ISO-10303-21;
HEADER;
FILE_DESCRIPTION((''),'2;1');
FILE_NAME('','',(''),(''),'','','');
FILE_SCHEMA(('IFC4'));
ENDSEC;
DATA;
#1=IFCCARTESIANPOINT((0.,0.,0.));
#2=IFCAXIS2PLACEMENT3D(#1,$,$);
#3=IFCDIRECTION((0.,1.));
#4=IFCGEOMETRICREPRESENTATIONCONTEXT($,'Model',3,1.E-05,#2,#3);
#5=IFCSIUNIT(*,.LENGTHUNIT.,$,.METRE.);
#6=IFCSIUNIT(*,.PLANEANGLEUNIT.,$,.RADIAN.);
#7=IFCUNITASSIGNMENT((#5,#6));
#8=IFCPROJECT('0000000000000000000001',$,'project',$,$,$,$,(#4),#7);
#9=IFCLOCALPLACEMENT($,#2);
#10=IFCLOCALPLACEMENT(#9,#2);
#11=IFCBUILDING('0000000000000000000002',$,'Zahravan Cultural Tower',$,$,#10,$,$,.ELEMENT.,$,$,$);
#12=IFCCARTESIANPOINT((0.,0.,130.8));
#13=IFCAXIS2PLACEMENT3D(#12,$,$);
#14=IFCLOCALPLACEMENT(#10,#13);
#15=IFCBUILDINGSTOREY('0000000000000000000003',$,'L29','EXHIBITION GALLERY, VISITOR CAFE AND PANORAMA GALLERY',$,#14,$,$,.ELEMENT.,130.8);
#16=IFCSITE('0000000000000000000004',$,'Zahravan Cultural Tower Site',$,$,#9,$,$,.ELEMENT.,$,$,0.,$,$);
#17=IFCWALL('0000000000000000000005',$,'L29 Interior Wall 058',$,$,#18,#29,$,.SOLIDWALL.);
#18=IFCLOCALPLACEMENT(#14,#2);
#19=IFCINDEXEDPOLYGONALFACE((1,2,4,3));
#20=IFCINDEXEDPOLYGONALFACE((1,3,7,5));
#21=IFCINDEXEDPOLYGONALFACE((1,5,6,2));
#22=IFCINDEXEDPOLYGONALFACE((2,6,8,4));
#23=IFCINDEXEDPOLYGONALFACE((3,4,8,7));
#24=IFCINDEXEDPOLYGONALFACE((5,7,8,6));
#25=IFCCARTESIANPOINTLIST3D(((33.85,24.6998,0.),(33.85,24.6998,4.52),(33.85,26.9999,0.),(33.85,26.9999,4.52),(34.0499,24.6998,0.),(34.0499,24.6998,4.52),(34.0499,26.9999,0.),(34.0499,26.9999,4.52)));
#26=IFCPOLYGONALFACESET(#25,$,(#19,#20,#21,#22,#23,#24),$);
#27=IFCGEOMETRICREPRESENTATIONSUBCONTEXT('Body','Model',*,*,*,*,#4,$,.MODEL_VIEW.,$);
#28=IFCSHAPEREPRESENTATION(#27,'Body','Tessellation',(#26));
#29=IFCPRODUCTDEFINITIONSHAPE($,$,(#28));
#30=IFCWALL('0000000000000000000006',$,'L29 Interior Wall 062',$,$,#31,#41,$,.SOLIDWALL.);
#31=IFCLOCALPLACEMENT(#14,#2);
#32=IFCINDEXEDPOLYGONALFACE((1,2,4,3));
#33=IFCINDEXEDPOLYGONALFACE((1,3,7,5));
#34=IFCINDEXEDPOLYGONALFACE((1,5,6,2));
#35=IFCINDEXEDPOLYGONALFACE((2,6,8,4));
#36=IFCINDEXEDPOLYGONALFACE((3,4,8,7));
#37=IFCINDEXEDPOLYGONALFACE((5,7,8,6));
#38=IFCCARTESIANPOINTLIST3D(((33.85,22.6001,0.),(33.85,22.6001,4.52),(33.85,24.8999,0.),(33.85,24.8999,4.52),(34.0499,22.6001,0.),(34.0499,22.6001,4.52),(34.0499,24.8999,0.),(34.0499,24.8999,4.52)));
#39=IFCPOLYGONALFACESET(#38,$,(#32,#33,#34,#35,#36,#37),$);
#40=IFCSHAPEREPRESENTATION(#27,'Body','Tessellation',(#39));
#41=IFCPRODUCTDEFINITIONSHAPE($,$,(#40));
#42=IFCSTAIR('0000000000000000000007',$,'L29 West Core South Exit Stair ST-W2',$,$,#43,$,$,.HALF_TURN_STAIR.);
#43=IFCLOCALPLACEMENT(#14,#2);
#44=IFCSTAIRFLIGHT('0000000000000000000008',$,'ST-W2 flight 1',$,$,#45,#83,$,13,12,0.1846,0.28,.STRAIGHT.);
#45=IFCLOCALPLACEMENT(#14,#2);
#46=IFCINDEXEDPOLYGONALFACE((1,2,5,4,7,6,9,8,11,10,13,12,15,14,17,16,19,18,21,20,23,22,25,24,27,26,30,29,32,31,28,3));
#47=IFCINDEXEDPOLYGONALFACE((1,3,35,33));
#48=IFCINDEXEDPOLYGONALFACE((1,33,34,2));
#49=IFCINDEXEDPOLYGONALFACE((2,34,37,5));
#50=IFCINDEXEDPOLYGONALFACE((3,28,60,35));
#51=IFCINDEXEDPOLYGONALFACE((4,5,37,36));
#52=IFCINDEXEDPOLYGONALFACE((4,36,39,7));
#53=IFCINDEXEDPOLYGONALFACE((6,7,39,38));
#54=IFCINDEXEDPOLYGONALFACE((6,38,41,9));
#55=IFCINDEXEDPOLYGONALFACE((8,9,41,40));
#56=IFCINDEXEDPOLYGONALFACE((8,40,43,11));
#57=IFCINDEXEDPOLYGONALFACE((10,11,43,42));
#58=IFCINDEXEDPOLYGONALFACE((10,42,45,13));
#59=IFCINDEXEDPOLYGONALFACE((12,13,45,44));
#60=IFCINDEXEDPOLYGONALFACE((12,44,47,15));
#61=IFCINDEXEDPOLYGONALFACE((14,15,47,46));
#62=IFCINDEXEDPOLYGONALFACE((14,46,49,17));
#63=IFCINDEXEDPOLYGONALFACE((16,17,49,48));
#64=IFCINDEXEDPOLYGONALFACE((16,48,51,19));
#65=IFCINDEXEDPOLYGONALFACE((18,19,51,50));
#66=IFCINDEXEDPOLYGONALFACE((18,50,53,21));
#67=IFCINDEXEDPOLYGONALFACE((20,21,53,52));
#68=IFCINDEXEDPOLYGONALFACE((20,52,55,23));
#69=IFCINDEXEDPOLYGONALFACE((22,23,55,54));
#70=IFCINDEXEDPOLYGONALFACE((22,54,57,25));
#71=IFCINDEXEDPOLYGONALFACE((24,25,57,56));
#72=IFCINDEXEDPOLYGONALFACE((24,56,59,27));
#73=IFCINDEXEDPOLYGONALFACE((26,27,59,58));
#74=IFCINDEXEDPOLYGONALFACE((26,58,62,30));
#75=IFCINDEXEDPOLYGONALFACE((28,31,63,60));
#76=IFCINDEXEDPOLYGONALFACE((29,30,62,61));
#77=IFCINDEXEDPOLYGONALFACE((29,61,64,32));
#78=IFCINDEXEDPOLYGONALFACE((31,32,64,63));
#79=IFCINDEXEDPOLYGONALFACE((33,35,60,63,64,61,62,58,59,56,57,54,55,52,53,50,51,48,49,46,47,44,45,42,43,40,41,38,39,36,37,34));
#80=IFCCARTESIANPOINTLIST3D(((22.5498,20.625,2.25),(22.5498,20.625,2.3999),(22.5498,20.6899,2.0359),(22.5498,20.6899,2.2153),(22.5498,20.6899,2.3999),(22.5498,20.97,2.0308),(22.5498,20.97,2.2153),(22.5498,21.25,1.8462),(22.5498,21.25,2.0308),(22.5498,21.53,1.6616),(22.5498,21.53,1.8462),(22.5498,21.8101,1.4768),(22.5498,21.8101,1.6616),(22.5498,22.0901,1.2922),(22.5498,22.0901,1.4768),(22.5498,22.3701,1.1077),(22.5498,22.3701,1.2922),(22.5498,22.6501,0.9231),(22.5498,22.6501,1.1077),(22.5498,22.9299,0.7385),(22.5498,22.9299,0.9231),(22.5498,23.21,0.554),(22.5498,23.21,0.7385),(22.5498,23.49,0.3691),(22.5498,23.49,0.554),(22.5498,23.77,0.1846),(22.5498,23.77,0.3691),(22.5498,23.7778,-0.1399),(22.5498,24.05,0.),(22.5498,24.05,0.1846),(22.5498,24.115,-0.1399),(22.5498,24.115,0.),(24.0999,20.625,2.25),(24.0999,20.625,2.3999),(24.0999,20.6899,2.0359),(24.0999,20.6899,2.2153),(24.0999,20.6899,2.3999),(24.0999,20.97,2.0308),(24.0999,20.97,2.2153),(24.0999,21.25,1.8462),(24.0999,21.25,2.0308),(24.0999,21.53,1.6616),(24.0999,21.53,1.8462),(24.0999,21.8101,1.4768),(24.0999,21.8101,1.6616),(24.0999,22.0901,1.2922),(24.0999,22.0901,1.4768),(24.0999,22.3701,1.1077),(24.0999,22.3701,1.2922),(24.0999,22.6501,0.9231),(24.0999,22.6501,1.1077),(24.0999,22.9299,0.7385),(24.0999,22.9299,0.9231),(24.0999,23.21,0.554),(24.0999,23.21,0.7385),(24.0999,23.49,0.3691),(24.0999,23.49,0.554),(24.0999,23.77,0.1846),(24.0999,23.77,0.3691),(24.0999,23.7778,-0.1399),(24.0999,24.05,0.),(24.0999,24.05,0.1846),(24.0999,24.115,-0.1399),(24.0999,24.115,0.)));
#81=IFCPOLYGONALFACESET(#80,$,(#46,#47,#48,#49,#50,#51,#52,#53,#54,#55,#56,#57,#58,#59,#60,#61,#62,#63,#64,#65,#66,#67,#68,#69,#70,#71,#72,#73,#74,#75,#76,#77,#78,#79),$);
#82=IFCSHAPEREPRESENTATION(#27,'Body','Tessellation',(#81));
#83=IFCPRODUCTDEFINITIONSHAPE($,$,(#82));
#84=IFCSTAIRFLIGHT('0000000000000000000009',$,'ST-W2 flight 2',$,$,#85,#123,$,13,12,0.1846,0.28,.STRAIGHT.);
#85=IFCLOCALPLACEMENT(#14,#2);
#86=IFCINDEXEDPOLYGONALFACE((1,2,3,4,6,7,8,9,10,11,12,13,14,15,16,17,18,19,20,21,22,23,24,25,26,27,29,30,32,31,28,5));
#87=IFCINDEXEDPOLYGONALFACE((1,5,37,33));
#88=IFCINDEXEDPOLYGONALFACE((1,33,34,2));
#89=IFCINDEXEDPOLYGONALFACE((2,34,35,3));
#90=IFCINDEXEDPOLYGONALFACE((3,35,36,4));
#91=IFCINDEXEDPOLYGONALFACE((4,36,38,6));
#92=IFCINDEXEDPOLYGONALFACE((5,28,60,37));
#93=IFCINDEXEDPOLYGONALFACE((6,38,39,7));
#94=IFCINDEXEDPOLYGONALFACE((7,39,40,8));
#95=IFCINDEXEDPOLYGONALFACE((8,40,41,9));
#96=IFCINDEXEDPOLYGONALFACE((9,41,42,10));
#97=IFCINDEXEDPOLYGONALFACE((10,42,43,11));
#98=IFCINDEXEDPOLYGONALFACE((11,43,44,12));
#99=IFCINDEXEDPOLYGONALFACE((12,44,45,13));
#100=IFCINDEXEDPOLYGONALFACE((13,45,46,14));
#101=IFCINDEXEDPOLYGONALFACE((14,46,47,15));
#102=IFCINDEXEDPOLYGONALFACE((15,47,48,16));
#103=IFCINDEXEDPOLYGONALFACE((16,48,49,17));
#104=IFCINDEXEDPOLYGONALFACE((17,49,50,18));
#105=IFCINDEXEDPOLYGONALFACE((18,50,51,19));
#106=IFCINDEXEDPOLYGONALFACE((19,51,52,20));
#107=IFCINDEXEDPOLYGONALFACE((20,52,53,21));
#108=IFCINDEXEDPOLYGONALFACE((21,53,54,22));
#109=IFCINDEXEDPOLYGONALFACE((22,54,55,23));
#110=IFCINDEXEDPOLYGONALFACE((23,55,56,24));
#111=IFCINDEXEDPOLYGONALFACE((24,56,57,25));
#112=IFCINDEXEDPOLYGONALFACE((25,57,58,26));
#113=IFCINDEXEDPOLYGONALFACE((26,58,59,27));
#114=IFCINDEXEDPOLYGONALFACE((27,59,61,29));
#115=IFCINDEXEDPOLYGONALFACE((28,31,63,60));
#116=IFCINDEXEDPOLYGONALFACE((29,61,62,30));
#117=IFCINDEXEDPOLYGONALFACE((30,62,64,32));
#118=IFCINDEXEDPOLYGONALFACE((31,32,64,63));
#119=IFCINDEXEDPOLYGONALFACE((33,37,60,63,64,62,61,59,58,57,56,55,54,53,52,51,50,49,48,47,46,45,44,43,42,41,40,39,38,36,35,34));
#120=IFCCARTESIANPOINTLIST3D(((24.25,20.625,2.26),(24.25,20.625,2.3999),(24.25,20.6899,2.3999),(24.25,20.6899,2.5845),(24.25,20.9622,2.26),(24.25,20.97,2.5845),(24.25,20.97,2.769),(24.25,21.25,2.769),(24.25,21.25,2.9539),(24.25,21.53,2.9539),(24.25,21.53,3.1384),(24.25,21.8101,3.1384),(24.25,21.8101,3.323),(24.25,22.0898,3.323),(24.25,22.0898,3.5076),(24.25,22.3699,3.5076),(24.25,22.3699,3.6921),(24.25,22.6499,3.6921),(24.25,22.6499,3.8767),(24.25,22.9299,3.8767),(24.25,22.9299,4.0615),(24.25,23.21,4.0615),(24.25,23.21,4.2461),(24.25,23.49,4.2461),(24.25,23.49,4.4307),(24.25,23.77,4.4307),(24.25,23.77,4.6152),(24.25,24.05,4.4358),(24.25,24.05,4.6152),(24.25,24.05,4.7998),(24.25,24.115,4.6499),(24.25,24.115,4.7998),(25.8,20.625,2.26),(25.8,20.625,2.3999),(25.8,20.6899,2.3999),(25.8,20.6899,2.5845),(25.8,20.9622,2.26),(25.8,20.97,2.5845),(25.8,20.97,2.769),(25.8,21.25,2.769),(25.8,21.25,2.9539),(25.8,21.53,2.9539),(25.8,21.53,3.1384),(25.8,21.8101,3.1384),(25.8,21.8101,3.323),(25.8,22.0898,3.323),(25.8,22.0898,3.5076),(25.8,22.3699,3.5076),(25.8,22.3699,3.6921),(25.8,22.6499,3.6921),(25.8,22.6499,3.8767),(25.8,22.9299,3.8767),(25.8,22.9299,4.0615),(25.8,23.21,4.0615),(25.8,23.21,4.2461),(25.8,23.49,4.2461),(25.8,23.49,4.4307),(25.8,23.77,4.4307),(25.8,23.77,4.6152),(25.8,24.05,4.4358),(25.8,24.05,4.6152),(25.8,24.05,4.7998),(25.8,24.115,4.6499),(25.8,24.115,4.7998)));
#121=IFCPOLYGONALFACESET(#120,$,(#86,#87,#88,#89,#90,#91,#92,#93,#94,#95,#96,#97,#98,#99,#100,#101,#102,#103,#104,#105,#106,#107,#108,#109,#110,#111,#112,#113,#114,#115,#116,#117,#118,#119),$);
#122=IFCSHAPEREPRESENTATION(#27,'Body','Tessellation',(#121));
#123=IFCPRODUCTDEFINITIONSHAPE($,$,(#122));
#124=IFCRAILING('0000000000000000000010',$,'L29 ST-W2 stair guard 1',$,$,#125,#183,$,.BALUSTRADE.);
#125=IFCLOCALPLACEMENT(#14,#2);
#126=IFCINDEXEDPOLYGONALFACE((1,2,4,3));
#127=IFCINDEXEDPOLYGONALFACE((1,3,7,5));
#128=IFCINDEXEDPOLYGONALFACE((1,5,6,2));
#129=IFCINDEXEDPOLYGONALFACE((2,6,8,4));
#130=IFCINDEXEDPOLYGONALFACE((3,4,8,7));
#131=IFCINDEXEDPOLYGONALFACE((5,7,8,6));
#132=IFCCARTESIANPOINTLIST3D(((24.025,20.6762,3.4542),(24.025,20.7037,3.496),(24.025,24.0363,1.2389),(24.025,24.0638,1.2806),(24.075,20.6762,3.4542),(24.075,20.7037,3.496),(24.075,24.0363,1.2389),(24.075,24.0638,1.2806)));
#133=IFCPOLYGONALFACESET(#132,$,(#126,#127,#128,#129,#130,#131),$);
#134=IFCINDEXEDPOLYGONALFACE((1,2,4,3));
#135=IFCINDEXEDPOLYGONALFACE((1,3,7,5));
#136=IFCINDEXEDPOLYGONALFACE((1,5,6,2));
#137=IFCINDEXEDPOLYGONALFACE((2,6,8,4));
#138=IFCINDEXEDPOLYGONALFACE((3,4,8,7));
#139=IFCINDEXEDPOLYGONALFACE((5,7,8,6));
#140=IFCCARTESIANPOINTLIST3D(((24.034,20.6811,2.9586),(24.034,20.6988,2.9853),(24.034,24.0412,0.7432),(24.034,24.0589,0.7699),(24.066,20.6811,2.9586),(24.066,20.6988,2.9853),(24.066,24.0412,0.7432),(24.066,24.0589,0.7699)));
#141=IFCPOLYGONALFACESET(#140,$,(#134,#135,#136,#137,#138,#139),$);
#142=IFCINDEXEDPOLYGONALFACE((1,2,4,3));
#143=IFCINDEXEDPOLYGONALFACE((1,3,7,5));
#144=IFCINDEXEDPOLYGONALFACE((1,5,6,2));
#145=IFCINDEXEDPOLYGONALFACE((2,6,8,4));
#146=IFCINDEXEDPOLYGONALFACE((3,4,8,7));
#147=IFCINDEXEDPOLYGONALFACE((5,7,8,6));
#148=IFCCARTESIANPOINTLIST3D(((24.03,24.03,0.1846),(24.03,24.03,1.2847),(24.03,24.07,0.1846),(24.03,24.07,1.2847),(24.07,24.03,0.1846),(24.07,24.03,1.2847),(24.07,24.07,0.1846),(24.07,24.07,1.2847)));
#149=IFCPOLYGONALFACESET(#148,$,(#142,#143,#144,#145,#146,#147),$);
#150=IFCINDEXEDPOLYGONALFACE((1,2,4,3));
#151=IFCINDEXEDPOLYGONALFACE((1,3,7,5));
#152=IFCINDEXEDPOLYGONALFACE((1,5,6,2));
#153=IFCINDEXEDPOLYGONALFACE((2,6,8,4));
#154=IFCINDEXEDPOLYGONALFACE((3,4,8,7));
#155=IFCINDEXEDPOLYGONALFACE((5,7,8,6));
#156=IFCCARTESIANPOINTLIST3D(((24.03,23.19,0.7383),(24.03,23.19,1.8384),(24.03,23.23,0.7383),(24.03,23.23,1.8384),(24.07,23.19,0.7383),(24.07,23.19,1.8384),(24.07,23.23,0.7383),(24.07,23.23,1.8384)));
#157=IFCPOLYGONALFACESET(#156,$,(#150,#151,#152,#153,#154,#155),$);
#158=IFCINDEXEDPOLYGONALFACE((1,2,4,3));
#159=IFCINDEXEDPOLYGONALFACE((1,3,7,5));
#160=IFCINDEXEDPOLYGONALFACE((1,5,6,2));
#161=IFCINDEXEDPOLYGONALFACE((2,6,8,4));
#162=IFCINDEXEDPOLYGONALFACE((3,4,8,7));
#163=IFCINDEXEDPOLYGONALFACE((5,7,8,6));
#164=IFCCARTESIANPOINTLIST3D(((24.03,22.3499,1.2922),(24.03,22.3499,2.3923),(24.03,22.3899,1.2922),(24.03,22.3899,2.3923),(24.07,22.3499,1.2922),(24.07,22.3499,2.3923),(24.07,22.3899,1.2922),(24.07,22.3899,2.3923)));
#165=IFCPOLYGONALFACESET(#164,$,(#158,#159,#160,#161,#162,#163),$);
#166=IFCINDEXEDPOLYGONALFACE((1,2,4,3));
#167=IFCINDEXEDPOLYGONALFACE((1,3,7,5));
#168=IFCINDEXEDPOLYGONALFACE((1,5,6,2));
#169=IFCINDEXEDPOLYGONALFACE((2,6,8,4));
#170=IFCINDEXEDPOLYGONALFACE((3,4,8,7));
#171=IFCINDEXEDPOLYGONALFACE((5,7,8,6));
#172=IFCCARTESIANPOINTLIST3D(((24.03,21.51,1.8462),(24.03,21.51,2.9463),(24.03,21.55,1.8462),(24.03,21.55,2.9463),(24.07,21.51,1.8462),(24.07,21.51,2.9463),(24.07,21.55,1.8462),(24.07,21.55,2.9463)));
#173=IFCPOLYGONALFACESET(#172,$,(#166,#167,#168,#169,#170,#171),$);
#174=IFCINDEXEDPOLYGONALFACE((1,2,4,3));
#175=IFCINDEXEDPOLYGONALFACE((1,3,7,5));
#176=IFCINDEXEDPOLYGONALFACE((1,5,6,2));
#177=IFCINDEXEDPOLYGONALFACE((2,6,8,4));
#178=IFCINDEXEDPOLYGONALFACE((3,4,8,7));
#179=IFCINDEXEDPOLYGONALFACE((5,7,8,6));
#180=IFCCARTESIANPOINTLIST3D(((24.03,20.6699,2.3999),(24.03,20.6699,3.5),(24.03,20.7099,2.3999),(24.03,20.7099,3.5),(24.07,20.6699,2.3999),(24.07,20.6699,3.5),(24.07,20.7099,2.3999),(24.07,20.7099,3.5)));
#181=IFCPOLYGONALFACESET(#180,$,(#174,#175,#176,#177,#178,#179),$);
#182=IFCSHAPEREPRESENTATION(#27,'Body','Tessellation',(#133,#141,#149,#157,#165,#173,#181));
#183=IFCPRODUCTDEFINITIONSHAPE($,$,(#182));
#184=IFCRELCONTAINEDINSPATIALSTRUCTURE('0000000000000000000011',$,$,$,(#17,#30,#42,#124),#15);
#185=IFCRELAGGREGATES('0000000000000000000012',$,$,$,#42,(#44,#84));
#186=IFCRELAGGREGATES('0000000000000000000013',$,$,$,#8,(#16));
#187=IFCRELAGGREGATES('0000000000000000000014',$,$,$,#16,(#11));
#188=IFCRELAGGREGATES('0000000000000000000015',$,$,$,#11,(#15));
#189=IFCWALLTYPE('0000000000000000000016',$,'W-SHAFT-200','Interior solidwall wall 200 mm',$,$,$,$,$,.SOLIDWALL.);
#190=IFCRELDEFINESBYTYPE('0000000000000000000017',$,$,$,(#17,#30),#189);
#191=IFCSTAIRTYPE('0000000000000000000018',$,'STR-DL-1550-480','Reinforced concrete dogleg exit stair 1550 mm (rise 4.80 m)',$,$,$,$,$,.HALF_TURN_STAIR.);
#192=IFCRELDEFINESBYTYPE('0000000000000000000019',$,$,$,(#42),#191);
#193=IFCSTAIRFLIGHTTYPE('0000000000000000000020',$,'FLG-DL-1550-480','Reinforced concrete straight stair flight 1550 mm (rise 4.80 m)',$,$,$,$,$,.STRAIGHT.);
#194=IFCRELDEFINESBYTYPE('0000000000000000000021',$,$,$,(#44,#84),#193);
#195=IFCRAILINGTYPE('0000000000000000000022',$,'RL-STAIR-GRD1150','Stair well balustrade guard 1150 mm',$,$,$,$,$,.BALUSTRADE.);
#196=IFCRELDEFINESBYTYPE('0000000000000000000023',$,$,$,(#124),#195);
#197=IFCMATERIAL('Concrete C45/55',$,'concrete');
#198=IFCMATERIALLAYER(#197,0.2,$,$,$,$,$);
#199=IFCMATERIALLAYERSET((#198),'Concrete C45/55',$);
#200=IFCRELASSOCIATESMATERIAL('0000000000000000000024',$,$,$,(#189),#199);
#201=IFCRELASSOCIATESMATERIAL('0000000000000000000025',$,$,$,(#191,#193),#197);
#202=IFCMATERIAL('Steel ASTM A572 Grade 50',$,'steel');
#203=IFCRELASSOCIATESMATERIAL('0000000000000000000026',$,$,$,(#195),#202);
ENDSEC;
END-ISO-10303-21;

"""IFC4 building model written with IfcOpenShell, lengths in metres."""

from ifc_helpers import new_model, si_unit, direction, frame, frame_2d, origin, origin_2d, place, context, subcontext, project, spatial, polyline, rectangle, outline, extrude, source, transform, mapped, material, layer, layer_set, type_object, element, aggregate, save


model = new_model("IFC4")

# Units and contexts
model_context = context("Model", 3, precision=1e-05, world=origin(), true_north=direction((0.0, 1.0)))
body_context = subcontext(model_context, "Body", "Model", "MODEL_VIEW")
ifc_project = project(units=[si_unit("LENGTHUNIT", "METRE"), si_unit("PLANEANGLEUNIT", "RADIAN")], contexts=[model_context])

# Site, building, storey
site_placement = place(None, origin())
site = spatial("IfcSite", under=ifc_project, at=site_placement, Name="Zahravan Cultural Tower Site", CompositionType="ELEMENT", RefElevation=0.0)
building_placement = place(site_placement, origin())
building = spatial("IfcBuilding", under=site, at=building_placement, Name="Zahravan Cultural Tower", CompositionType="ELEMENT")
storey_placement = place(building_placement, frame((0.0, 0.0, 130.8)))
storey = spatial("IfcBuildingStorey", under=building, at=storey_placement, Name="L29", Description="EXHIBITION GALLERY, VISITOR CAFE AND PANORAMA GALLERY", CompositionType="ELEMENT", Elevation=130.8)

# Shared definitions
ifc_material_1 = material(Name="Steel ASTM A572 Grade 50", Category="steel")
ifc_material_2 = material(Name="Concrete C45/55", Category="concrete")
ifc_layer_1 = layer(ifc_material_2, 0.2)
ifc_layer_set_1 = layer_set([ifc_layer_1], Name="Concrete C45/55")
wall_type_1 = type_object("IfcWallType", Name="W-SHAFT-200", Description="Interior solidwall wall 200 mm", PredefinedType="SOLIDWALL", material=ifc_layer_set_1)

# Walls
shared_shape_1 = source(origin(), body_context, "Body", "SweptSolid", [
    extrude(rectangle(XDim=2.3, YDim=0.2, at=frame_2d((1.1499, 0.0))), origin(), (0.0, 0.0, 1.0), 4.52),
])
wall_1_placement = place(storey_placement, frame((33.95, 24.7, 0.0), z_axis=(0.0, 0.0, 1.0), x_axis=(0.0, 1.0, 0.0)))
element("IfcWall", 1, at=wall_1_placement, inside=storey, type_object=wall_type_1, Name="L29 Interior Wall 058", PredefinedType="SOLIDWALL", context=body_context, shape_type="MappedRepresentation", body=[
    mapped(shared_shape_1, transform((0.0, 0.0, 0.0), x_axis=(1.0, 0.0, 0.0), y_axis=(0.0, 1.0, 0.0), z_axis=(0.0, 0.0, 1.0), scale=1.0)),
])
shared_shape_2 = source(origin(), body_context, "Body", "SweptSolid", [
    extrude(rectangle(XDim=2.2998, YDim=0.2, at=frame_2d((1.1499, 0.0))), origin(), (0.0, 0.0, 1.0), 4.52),
])
wall_2_placement = place(storey_placement, frame((33.95, 22.6001, 0.0), z_axis=(0.0, 0.0, 1.0), x_axis=(0.0, 1.0, 0.0)))
element("IfcWall", 2, at=wall_2_placement, inside=storey, type_object=wall_type_1, Name="L29 Interior Wall 062", PredefinedType="SOLIDWALL", context=body_context, shape_type="MappedRepresentation", body=[
    mapped(shared_shape_2, transform((0.0, 0.0, 0.0), x_axis=(1.0, 0.0, 0.0), y_axis=(0.0, 1.0, 0.0), z_axis=(0.0, 0.0, 1.0), scale=1.0)),
])

# Stair, stair flights
stair_type = type_object("IfcStairType", Name="STR-DL-1550-480", Description="Reinforced concrete dogleg exit stair 1550 mm (rise 4.80 m)", PredefinedType="HALF_TURN_STAIR", material=ifc_material_2)
stair_placement = place(storey_placement, origin())
stair = element("IfcStair", 3, at=stair_placement, inside=storey, type_object=stair_type, Name="L29 West Core South Exit Stair ST-W2", PredefinedType="HALF_TURN_STAIR")
stair_flight_type = type_object("IfcStairFlightType", Name="FLG-DL-1550-480", Description="Reinforced concrete straight stair flight 1550 mm (rise 4.80 m)", PredefinedType="STRAIGHT", material=ifc_material_2)
stair_flight_1_placement = place(storey_placement, frame((23.325, 24.05, 0.0), z_axis=(0.0, 0.0, 1.0), x_axis=(0.0, -1.0, 0.0)))
stair_flight_1 = element("IfcStairFlight", 4, at=stair_flight_1_placement, type_object=stair_flight_type, Name="ST-W2 flight 1", NumberOfRisers=13, NumberOfTreads=12, PredefinedType="STRAIGHT", RiserHeight=0.1846, TreadLength=0.28, context=body_context, shape_type="SweptSolid", body=[
    extrude(outline(polyline([(-0.0649, -0.1399), (-0.0649, 0.0), (0.0, 0.0), (0.0, 0.1846), (0.28, 0.1846), (0.28, 0.3691), (0.5601, 0.3691), (0.5601, 0.554), (0.8401, 0.554), (0.8401, 0.7385), (1.1201, 0.7385), (1.1201, 0.9231), (1.3999, 0.9231), (1.3999, 1.1077), (1.6799, 1.1077), (1.6799, 1.2922), (1.96, 1.2922), (1.96, 1.4768), (2.24, 1.4768), (2.24, 1.6616), (2.52, 1.6616), (2.52, 1.8462), (2.8, 1.8462), (2.8, 2.0308), (3.0801, 2.0308), (3.0801, 2.2153), (3.3601, 2.2153), (3.3601, 2.3999), (3.425, 2.3999), (3.425, 2.25), (3.3601, 2.0359), (0.2722, -0.1399), (-0.0649, -0.1399)])), frame((0.0, 0.7749, 0.0), z_axis=(0.0, -1.0, 0.0), x_axis=(1.0, 0.0, 0.0)), (0.0, 0.0, 1.0), 1.55),
])
stair_flight_2_placement = place(storey_placement, frame((25.0249, 20.6899, 2.3999), z_axis=(0.0, 0.0, 1.0), x_axis=(0.0, 1.0, 0.0)))
stair_flight_2 = element("IfcStairFlight", 5, at=stair_flight_2_placement, type_object=stair_flight_type, Name="ST-W2 flight 2", NumberOfRisers=13, NumberOfTreads=12, PredefinedType="STRAIGHT", RiserHeight=0.1846, TreadLength=0.28, context=body_context, shape_type="SweptSolid", body=[
    extrude(outline(polyline([(-0.0649, -0.1399), (-0.0649, 0.0), (0.0, 0.0), (0.0, 0.1846), (0.28, 0.1846), (0.28, 0.3691), (0.5601, 0.3691), (0.5601, 0.554), (0.8401, 0.554), (0.8401, 0.7385), (1.1201, 0.7385), (1.1201, 0.9231), (1.3999, 0.9231), (1.3999, 1.1077), (1.6799, 1.1077), (1.6799, 1.2922), (1.96, 1.2922), (1.96, 1.4768), (2.24, 1.4768), (2.24, 1.6616), (2.52, 1.6616), (2.52, 1.8462), (2.8, 1.8462), (2.8, 2.0308), (3.0801, 2.0308), (3.0801, 2.2153), (3.3601, 2.2153), (3.3601, 2.3999), (3.425, 2.3999), (3.425, 2.25), (3.3601, 2.0359), (0.2722, -0.1399), (-0.0649, -0.1399)])), frame((0.0, 0.7749, 0.0), z_axis=(0.0, -1.0, 0.0), x_axis=(1.0, 0.0, 0.0)), (0.0, 0.0, 1.0), 1.55),
])
aggregate(stair, [stair_flight_1, stair_flight_2])

# Railing
railing_type_1 = type_object("IfcRailingType", Name="RL-STAIR-GRD1150", Description="Stair well balustrade guard 1150 mm", PredefinedType="BALUSTRADE", material=ifc_material_1)
railing_1_placement = place(storey_placement, frame((24.05, 24.05, 0.1846)))
element("IfcRailing", 6, at=railing_1_placement, inside=storey, type_object=railing_type_1, Name="L29 ST-W2 stair guard 1", PredefinedType="BALUSTRADE", context=body_context, shape_type="SweptSolid", body=[
    extrude(rectangle(XDim=0.05, YDim=0.05, at=origin_2d()), frame((0.0, 0.0, 1.0752), z_axis=(0.0, -0.834876, 0.550437), x_axis=(1.0, 0.0, 0.0)), (0.0, 0.0, 1.0), 4.0247),
    extrude(rectangle(XDim=0.032, YDim=0.032, at=origin_2d()), frame((0.0, 0.0, 0.572), z_axis=(0.0, -0.834876, 0.550437), x_axis=(1.0, 0.0, 0.0)), (0.0, 0.0, 1.0), 4.0247),
    extrude(rectangle(XDim=0.04, YDim=0.04, at=origin_2d()), origin(), (0.0, 0.0, 1.0), 1.1001),
    extrude(rectangle(XDim=0.04, YDim=0.04, at=origin_2d()), frame((0.0, -0.8401, 0.5537)), (0.0, 0.0, 1.0), 1.1001),
    extrude(rectangle(XDim=0.04, YDim=0.04, at=origin_2d()), frame((0.0, -1.6802, 1.1077)), (0.0, 0.0, 1.0), 1.1001),
    extrude(rectangle(XDim=0.04, YDim=0.04, at=origin_2d()), frame((0.0, -2.52, 1.6616)), (0.0, 0.0, 1.0), 1.1001),
    extrude(rectangle(XDim=0.04, YDim=0.04, at=origin_2d()), frame((0.0, -3.3601, 2.2153)), (0.0, 0.0, 1.0), 1.1001),
])

save(model, "model.ifc")
